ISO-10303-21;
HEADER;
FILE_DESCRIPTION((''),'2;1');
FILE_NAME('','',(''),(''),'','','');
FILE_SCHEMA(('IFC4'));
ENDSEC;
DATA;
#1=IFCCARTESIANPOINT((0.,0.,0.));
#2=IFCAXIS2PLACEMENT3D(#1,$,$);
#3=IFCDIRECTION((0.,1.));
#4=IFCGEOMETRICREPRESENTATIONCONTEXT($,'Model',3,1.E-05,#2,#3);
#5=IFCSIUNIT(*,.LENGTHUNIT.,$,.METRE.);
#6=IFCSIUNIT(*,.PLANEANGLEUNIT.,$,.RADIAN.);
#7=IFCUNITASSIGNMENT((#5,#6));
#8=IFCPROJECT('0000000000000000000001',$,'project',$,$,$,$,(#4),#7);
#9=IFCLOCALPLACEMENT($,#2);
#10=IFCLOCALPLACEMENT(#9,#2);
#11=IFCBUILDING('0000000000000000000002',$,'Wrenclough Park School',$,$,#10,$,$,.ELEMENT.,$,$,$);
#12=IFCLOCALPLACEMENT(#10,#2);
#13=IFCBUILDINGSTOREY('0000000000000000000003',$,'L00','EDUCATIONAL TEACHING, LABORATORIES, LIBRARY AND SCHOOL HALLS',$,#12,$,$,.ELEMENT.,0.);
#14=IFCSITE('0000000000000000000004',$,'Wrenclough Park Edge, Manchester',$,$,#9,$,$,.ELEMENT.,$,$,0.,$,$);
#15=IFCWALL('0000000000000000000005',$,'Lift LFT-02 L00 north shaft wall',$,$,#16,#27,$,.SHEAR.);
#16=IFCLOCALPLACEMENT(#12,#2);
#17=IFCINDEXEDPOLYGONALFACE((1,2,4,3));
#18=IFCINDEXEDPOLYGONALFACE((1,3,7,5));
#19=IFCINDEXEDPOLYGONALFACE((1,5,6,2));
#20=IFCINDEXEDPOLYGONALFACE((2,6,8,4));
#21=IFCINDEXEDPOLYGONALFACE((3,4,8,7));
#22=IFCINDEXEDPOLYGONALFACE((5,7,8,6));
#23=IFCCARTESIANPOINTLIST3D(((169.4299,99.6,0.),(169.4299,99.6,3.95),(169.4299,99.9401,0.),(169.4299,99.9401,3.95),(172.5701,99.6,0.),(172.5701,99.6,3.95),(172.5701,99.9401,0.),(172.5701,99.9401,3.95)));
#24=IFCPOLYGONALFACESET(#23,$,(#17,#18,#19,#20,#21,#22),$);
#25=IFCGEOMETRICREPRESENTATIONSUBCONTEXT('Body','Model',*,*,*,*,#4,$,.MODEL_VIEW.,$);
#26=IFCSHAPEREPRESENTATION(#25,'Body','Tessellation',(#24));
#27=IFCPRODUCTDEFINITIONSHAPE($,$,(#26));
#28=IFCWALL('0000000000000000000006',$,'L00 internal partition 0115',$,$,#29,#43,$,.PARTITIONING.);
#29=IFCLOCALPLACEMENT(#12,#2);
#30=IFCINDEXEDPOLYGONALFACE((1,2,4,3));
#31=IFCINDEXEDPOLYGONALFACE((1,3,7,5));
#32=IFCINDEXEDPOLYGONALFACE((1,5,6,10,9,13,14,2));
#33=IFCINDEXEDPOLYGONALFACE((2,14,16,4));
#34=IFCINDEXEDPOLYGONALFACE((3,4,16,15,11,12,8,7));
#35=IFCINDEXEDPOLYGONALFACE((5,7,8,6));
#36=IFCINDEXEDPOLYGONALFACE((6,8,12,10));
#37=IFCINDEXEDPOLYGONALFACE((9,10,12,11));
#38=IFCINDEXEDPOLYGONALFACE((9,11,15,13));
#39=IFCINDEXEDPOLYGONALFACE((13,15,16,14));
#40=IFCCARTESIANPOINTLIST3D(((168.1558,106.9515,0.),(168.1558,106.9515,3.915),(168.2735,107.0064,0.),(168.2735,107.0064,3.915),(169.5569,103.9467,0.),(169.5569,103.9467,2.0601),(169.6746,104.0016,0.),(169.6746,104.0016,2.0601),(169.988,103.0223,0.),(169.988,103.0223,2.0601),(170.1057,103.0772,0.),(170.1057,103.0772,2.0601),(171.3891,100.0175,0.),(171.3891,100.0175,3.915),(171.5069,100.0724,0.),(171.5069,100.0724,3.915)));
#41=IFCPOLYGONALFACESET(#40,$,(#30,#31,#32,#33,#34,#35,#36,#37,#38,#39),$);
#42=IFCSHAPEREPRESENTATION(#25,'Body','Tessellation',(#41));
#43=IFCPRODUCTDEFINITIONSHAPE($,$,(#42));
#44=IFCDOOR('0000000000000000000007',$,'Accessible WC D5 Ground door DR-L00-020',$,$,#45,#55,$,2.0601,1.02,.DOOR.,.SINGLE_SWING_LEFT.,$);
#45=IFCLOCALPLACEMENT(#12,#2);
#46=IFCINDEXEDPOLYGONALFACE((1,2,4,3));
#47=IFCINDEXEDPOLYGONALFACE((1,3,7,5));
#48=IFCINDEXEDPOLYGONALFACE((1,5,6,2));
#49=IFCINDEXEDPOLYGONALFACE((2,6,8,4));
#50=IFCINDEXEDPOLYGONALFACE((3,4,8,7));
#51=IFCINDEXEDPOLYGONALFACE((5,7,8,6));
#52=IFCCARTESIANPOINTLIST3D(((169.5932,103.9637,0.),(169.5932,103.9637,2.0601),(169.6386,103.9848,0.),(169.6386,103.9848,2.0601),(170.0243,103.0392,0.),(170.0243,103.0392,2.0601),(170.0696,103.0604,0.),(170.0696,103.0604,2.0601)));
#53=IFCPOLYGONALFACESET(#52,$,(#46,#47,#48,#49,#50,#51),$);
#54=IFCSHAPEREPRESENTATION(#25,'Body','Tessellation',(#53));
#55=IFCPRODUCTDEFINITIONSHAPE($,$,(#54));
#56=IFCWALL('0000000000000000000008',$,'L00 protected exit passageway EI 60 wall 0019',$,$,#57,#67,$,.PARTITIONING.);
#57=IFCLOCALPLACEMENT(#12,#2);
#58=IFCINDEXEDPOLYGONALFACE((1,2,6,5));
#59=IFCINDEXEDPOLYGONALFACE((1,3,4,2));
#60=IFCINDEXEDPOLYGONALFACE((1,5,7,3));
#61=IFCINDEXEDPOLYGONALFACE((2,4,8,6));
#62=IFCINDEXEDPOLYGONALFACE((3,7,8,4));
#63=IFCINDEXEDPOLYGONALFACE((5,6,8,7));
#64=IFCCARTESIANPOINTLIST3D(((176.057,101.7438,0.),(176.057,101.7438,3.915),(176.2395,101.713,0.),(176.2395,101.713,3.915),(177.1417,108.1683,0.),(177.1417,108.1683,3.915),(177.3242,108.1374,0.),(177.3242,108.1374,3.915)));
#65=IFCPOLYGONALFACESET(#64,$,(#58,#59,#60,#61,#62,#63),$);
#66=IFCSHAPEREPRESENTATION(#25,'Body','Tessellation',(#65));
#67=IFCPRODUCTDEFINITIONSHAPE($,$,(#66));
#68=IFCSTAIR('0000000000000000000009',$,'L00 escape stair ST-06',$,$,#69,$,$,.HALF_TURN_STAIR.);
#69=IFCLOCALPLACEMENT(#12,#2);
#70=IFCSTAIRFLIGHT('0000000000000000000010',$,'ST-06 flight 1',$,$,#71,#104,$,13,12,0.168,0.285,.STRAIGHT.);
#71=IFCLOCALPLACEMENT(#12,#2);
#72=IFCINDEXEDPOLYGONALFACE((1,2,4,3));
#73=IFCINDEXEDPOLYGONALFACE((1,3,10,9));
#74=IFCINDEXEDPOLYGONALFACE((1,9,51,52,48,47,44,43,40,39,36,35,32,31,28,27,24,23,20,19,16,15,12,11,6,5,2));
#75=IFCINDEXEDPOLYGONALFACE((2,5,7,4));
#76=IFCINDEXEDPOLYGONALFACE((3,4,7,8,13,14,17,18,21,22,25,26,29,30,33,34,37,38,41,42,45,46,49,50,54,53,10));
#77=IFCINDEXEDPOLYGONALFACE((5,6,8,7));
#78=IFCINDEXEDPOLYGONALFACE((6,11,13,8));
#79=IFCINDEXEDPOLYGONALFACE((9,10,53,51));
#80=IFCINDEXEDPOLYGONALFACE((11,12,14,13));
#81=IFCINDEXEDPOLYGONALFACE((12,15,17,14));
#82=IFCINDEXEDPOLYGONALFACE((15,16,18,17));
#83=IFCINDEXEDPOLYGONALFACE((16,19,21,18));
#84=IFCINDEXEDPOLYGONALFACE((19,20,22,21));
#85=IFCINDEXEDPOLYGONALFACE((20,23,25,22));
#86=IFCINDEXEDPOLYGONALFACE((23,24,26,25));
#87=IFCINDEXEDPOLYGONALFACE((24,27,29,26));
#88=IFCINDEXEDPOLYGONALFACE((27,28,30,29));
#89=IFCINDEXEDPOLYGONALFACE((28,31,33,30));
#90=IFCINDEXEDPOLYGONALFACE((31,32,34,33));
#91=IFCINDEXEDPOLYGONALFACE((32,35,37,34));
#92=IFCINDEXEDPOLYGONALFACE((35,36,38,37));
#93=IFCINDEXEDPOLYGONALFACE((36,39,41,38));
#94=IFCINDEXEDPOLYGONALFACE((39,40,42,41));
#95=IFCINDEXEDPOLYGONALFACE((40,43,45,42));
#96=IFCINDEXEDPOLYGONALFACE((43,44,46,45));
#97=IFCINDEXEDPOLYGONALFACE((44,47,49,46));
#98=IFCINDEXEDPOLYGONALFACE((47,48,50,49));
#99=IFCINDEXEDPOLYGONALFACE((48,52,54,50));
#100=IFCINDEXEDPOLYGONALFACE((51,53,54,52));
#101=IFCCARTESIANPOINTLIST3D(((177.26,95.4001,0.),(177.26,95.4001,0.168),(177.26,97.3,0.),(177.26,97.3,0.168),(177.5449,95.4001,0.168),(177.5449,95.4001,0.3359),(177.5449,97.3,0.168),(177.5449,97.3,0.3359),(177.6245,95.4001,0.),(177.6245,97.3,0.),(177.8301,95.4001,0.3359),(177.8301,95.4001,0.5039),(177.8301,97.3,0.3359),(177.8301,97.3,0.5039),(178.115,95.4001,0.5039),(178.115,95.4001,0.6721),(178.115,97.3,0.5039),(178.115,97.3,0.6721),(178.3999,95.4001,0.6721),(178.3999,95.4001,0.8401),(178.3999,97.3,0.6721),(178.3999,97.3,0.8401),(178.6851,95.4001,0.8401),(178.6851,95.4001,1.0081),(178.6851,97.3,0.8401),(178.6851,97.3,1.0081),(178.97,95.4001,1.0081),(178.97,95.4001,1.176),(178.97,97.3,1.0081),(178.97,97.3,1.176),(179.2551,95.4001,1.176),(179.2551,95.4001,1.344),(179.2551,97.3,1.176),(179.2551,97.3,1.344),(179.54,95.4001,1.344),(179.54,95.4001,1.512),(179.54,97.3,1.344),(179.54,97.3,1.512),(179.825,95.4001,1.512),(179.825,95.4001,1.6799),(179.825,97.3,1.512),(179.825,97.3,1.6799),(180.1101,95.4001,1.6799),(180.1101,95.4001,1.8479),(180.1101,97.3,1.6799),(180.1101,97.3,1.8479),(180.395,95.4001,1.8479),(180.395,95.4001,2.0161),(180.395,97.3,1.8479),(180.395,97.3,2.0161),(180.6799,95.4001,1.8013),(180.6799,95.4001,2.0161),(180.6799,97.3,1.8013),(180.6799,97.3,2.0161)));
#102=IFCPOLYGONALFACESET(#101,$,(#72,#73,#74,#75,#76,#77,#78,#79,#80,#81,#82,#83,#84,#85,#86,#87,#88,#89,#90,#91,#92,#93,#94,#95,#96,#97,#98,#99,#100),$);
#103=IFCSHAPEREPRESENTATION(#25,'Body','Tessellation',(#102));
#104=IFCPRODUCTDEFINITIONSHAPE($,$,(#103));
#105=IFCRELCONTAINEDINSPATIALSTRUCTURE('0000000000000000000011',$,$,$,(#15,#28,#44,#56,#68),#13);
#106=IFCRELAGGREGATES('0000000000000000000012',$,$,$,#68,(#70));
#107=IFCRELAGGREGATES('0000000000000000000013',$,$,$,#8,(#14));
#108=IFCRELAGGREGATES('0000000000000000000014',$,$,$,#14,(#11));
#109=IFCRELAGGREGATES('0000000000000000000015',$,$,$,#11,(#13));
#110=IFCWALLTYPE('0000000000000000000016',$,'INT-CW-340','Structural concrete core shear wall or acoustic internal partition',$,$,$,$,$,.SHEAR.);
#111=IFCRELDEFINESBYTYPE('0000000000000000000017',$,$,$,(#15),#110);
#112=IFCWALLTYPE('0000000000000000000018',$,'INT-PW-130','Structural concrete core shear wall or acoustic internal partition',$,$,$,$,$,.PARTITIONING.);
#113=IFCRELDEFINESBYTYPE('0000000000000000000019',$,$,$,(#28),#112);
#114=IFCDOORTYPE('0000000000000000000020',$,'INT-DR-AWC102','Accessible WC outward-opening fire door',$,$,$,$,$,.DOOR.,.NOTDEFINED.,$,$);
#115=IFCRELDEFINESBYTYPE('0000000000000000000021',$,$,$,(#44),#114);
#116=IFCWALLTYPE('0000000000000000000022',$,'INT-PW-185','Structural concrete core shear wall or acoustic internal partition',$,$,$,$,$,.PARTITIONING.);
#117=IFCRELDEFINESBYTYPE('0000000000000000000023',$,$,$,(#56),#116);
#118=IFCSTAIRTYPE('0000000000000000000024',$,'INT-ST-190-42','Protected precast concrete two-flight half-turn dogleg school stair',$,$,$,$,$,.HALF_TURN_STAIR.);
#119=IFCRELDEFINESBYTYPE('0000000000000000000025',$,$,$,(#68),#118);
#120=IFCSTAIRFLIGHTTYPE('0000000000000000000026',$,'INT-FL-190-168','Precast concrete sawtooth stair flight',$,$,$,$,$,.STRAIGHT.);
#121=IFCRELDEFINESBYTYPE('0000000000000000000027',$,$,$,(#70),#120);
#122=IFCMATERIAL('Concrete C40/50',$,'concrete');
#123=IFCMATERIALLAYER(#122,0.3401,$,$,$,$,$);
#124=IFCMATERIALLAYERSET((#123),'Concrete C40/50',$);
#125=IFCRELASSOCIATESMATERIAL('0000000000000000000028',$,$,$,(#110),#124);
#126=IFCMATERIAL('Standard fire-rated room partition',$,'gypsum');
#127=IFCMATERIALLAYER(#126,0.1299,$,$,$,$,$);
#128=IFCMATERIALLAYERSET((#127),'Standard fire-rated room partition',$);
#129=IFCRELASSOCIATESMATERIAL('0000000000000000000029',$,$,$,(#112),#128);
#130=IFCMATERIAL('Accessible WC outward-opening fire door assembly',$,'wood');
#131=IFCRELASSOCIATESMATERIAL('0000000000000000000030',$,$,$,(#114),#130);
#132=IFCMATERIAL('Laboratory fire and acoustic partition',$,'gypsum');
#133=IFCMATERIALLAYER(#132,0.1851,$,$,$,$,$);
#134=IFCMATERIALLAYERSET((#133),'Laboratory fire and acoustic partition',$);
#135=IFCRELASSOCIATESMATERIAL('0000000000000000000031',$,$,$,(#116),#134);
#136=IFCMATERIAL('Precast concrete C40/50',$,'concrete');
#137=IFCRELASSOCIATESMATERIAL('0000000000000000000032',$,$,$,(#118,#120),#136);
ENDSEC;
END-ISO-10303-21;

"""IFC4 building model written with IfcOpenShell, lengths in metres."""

from ifc_helpers import new_model, si_unit, direction, frame, frame_2d, origin, place, context, subcontext, project, spatial, polyline, rectangle, outline, extrude, material, layer, layer_set, type_object, element, fill, aggregate, save


model = new_model("IFC4")

# Units and contexts
model_context = context("Model", 3, precision=1e-05, world=origin(), true_north=direction((0.0, 1.0)))
body_context = subcontext(model_context, "Body", "Model", "MODEL_VIEW")
ifc_project = project(units=[si_unit("LENGTHUNIT", "METRE"), si_unit("PLANEANGLEUNIT", "RADIAN")], contexts=[model_context])

# Site, building, storey
site_placement = place(None, origin())
site = spatial("IfcSite", under=ifc_project, at=site_placement, Name="Wrenclough Park Edge, Manchester", CompositionType="ELEMENT", RefElevation=0.0)
building_placement = place(site_placement, origin())
building = spatial("IfcBuilding", under=site, at=building_placement, Name="Wrenclough Park School", CompositionType="ELEMENT")
storey_placement = place(building_placement, origin())
storey = spatial("IfcBuildingStorey", under=building, at=storey_placement, Name="L00", Description="EDUCATIONAL TEACHING, LABORATORIES, LIBRARY AND SCHOOL HALLS", CompositionType="ELEMENT", Elevation=0.0)

# Shared definitions
ifc_material_1 = material(Name="Concrete C40/50", Category="concrete")

# Shared definitions
ifc_layer_1 = layer(ifc_material_1, 0.3401)
ifc_layer_set_1 = layer_set([ifc_layer_1], Name="Concrete C40/50")
wall_type_1 = type_object("IfcWallType", Name="INT-CW-340", Description="Structural concrete core shear wall or acoustic internal partition", PredefinedType="SHEAR", material=ifc_layer_set_1)

# Wall
wall_1_placement = place(storey_placement, frame((172.5701, 99.77, 0.0), z_axis=(0.0, 0.0, 1.0), x_axis=(-1.0, 0.0, 0.0)))
element("IfcWall", 1, at=wall_1_placement, inside=storey, type_object=wall_type_1, Name="Lift LFT-02 L00 north shaft wall", PredefinedType="SHEAR", context=body_context, shape_type="SweptSolid", body=[
    extrude(rectangle(XDim=3.1401, YDim=0.3401, at=frame_2d((1.5701, 0.0))), origin(), (0.0, 0.0, 1.0), 3.95),
])

# Wall, opening, door
ifc_material_2 = material(Name="Standard fire-rated room partition", Category="gypsum")
ifc_layer_2 = layer(ifc_material_2, 0.1299)
ifc_layer_set_2 = layer_set([ifc_layer_2], Name="Standard fire-rated room partition")
wall_type_2 = type_object("IfcWallType", Name="INT-PW-130", Description="Structural concrete core shear wall or acoustic internal partition", PredefinedType="PARTITIONING", material=ifc_layer_set_2)
wall_2_placement = place(storey_placement, frame((171.448, 100.0449, 0.0), z_axis=(0.0, 0.0, 1.0), x_axis=(-0.422616, 0.906309, 0.0)))
wall_2 = element("IfcWall", 2, at=wall_2_placement, inside=storey, type_object=wall_type_2, Name="L00 internal partition 0115", PredefinedType="PARTITIONING", context=body_context, shape_type="SweptSolid", body=[
    extrude(rectangle(XDim=7.6509, YDim=0.1299, at=frame_2d((3.8254, 0.0))), origin(), (0.0, 0.0, 1.0), 3.915),
])
opening_1_placement = place(wall_2_placement, frame((3.3154, 0.0, 0.0)))
opening_1 = element("IfcOpeningElement", 3, at=opening_1_placement, cuts=wall_2, PredefinedType="OPENING", context=body_context, shape_type="SweptSolid", body=[
    extrude(rectangle(XDim=1.02, YDim=2.0601, at=frame_2d((0.51, 1.03))), frame((0.0, 0.075, 0.0), z_axis=(0.0, -1.0, 0.0), x_axis=(1.0, 0.0, 0.0)), (0.0, 0.0, 1.0), 0.1499),
])
ifc_material_3 = material(Name="Accessible WC outward-opening fire door assembly", Category="wood")
door_type_1 = type_object("IfcDoorType", Name="INT-DR-AWC102", Description="Accessible WC outward-opening fire door", OperationType="NOTDEFINED", PredefinedType="DOOR", material=ifc_material_3)
door_1_placement = place(opening_1_placement, origin())
door_1 = element("IfcDoor", 4, at=door_1_placement, inside=storey, type_object=door_type_1, Name="Accessible WC D5 Ground door DR-L00-020", OperationType="SINGLE_SWING_LEFT", OverallHeight=2.0601, OverallWidth=1.02, PredefinedType="DOOR", context=body_context, shape_type="SweptSolid", body=[
    extrude(rectangle(XDim=1.02, YDim=2.0601, at=frame_2d((0.51, 1.03))), frame((0.0, 0.0249, 0.0), z_axis=(0.0, -1.0, 0.0), x_axis=(1.0, 0.0, 0.0)), (0.0, 0.0, 1.0), 0.05),
])
fill(opening_1, door_1)

# Wall
ifc_material_4 = material(Name="Laboratory fire and acoustic partition", Category="gypsum")
ifc_layer_3 = layer(ifc_material_4, 0.1851)
ifc_layer_set_3 = layer_set([ifc_layer_3], Name="Laboratory fire and acoustic partition")
wall_type_3 = type_object("IfcWallType", Name="INT-PW-185", Description="Structural concrete core shear wall or acoustic internal partition", PredefinedType="PARTITIONING", material=ifc_layer_set_3)
wall_3_placement = place(storey_placement, frame((176.1482, 101.7283, 0.0), z_axis=(0.0, 0.0, 1.0), x_axis=(0.166483, 0.986044, 0.0)))
element("IfcWall", 5, at=wall_3_placement, inside=storey, type_object=wall_type_3, Name="L00 protected exit passageway EI 60 wall 0019", PredefinedType="PARTITIONING", context=body_context, shape_type="SweptSolid", body=[
    extrude(rectangle(XDim=6.5154, YDim=0.1851, at=frame_2d((3.2578, 0.0))), origin(), (0.0, 0.0, 1.0), 3.915),
])

# Stair, stair flight
ifc_material_5 = material(Name="Precast concrete C40/50", Category="concrete")
stair_type = type_object("IfcStairType", Name="INT-ST-190-42", Description="Protected precast concrete two-flight half-turn dogleg school stair", PredefinedType="HALF_TURN_STAIR", material=ifc_material_5)
stair_placement = place(storey_placement, origin())
stair = element("IfcStair", 6, at=stair_placement, inside=storey, type_object=stair_type, Name="L00 escape stair ST-06", PredefinedType="HALF_TURN_STAIR")
stair_flight_type = type_object("IfcStairFlightType", Name="INT-FL-190-168", Description="Precast concrete sawtooth stair flight", PredefinedType="STRAIGHT", material=ifc_material_5)
stair_flight_placement = place(storey_placement, frame((177.26, 96.3501, 0.0), z_axis=(0.0, 0.0, 1.0), x_axis=(1.0, 0.0, 0.0)))
stair_flight = element("IfcStairFlight", 7, at=stair_flight_placement, type_object=stair_flight_type, Name="ST-06 flight 1", NumberOfRisers=13, NumberOfTreads=12, PredefinedType="STRAIGHT", RiserHeight=0.168, TreadLength=0.285, context=body_context, shape_type="SweptSolid", body=[
    extrude(outline(polyline([(0.0, 0.0), (0.0, 0.168), (0.2849, 0.168), (0.2849, 0.3359), (0.5701, 0.3359), (0.5701, 0.5039), (0.855, 0.5039), (0.855, 0.6721), (1.1399, 0.6721), (1.1399, 0.8401), (1.425, 0.8401), (1.425, 1.0081), (1.71, 1.0081), (1.71, 1.176), (1.9951, 1.176), (1.9951, 1.344), (2.28, 1.344), (2.28, 1.512), (2.5649, 1.512), (2.5649, 1.6799), (2.8501, 1.6799), (2.8501, 1.8479), (3.135, 1.8479), (3.135, 2.0161), (3.4199, 2.0161), (3.4199, 2.1841), (3.4199, 1.8013), (0.3645, 0.0), (0.0, 0.0)])), frame((0.0, 0.95, 0.0), z_axis=(0.0, -1.0, 0.0), x_axis=(1.0, 0.0, 0.0)), (0.0, 0.0, 1.0), 1.8999),
])
aggregate(stair, [stair_flight])

save(model, "model.ifc")
